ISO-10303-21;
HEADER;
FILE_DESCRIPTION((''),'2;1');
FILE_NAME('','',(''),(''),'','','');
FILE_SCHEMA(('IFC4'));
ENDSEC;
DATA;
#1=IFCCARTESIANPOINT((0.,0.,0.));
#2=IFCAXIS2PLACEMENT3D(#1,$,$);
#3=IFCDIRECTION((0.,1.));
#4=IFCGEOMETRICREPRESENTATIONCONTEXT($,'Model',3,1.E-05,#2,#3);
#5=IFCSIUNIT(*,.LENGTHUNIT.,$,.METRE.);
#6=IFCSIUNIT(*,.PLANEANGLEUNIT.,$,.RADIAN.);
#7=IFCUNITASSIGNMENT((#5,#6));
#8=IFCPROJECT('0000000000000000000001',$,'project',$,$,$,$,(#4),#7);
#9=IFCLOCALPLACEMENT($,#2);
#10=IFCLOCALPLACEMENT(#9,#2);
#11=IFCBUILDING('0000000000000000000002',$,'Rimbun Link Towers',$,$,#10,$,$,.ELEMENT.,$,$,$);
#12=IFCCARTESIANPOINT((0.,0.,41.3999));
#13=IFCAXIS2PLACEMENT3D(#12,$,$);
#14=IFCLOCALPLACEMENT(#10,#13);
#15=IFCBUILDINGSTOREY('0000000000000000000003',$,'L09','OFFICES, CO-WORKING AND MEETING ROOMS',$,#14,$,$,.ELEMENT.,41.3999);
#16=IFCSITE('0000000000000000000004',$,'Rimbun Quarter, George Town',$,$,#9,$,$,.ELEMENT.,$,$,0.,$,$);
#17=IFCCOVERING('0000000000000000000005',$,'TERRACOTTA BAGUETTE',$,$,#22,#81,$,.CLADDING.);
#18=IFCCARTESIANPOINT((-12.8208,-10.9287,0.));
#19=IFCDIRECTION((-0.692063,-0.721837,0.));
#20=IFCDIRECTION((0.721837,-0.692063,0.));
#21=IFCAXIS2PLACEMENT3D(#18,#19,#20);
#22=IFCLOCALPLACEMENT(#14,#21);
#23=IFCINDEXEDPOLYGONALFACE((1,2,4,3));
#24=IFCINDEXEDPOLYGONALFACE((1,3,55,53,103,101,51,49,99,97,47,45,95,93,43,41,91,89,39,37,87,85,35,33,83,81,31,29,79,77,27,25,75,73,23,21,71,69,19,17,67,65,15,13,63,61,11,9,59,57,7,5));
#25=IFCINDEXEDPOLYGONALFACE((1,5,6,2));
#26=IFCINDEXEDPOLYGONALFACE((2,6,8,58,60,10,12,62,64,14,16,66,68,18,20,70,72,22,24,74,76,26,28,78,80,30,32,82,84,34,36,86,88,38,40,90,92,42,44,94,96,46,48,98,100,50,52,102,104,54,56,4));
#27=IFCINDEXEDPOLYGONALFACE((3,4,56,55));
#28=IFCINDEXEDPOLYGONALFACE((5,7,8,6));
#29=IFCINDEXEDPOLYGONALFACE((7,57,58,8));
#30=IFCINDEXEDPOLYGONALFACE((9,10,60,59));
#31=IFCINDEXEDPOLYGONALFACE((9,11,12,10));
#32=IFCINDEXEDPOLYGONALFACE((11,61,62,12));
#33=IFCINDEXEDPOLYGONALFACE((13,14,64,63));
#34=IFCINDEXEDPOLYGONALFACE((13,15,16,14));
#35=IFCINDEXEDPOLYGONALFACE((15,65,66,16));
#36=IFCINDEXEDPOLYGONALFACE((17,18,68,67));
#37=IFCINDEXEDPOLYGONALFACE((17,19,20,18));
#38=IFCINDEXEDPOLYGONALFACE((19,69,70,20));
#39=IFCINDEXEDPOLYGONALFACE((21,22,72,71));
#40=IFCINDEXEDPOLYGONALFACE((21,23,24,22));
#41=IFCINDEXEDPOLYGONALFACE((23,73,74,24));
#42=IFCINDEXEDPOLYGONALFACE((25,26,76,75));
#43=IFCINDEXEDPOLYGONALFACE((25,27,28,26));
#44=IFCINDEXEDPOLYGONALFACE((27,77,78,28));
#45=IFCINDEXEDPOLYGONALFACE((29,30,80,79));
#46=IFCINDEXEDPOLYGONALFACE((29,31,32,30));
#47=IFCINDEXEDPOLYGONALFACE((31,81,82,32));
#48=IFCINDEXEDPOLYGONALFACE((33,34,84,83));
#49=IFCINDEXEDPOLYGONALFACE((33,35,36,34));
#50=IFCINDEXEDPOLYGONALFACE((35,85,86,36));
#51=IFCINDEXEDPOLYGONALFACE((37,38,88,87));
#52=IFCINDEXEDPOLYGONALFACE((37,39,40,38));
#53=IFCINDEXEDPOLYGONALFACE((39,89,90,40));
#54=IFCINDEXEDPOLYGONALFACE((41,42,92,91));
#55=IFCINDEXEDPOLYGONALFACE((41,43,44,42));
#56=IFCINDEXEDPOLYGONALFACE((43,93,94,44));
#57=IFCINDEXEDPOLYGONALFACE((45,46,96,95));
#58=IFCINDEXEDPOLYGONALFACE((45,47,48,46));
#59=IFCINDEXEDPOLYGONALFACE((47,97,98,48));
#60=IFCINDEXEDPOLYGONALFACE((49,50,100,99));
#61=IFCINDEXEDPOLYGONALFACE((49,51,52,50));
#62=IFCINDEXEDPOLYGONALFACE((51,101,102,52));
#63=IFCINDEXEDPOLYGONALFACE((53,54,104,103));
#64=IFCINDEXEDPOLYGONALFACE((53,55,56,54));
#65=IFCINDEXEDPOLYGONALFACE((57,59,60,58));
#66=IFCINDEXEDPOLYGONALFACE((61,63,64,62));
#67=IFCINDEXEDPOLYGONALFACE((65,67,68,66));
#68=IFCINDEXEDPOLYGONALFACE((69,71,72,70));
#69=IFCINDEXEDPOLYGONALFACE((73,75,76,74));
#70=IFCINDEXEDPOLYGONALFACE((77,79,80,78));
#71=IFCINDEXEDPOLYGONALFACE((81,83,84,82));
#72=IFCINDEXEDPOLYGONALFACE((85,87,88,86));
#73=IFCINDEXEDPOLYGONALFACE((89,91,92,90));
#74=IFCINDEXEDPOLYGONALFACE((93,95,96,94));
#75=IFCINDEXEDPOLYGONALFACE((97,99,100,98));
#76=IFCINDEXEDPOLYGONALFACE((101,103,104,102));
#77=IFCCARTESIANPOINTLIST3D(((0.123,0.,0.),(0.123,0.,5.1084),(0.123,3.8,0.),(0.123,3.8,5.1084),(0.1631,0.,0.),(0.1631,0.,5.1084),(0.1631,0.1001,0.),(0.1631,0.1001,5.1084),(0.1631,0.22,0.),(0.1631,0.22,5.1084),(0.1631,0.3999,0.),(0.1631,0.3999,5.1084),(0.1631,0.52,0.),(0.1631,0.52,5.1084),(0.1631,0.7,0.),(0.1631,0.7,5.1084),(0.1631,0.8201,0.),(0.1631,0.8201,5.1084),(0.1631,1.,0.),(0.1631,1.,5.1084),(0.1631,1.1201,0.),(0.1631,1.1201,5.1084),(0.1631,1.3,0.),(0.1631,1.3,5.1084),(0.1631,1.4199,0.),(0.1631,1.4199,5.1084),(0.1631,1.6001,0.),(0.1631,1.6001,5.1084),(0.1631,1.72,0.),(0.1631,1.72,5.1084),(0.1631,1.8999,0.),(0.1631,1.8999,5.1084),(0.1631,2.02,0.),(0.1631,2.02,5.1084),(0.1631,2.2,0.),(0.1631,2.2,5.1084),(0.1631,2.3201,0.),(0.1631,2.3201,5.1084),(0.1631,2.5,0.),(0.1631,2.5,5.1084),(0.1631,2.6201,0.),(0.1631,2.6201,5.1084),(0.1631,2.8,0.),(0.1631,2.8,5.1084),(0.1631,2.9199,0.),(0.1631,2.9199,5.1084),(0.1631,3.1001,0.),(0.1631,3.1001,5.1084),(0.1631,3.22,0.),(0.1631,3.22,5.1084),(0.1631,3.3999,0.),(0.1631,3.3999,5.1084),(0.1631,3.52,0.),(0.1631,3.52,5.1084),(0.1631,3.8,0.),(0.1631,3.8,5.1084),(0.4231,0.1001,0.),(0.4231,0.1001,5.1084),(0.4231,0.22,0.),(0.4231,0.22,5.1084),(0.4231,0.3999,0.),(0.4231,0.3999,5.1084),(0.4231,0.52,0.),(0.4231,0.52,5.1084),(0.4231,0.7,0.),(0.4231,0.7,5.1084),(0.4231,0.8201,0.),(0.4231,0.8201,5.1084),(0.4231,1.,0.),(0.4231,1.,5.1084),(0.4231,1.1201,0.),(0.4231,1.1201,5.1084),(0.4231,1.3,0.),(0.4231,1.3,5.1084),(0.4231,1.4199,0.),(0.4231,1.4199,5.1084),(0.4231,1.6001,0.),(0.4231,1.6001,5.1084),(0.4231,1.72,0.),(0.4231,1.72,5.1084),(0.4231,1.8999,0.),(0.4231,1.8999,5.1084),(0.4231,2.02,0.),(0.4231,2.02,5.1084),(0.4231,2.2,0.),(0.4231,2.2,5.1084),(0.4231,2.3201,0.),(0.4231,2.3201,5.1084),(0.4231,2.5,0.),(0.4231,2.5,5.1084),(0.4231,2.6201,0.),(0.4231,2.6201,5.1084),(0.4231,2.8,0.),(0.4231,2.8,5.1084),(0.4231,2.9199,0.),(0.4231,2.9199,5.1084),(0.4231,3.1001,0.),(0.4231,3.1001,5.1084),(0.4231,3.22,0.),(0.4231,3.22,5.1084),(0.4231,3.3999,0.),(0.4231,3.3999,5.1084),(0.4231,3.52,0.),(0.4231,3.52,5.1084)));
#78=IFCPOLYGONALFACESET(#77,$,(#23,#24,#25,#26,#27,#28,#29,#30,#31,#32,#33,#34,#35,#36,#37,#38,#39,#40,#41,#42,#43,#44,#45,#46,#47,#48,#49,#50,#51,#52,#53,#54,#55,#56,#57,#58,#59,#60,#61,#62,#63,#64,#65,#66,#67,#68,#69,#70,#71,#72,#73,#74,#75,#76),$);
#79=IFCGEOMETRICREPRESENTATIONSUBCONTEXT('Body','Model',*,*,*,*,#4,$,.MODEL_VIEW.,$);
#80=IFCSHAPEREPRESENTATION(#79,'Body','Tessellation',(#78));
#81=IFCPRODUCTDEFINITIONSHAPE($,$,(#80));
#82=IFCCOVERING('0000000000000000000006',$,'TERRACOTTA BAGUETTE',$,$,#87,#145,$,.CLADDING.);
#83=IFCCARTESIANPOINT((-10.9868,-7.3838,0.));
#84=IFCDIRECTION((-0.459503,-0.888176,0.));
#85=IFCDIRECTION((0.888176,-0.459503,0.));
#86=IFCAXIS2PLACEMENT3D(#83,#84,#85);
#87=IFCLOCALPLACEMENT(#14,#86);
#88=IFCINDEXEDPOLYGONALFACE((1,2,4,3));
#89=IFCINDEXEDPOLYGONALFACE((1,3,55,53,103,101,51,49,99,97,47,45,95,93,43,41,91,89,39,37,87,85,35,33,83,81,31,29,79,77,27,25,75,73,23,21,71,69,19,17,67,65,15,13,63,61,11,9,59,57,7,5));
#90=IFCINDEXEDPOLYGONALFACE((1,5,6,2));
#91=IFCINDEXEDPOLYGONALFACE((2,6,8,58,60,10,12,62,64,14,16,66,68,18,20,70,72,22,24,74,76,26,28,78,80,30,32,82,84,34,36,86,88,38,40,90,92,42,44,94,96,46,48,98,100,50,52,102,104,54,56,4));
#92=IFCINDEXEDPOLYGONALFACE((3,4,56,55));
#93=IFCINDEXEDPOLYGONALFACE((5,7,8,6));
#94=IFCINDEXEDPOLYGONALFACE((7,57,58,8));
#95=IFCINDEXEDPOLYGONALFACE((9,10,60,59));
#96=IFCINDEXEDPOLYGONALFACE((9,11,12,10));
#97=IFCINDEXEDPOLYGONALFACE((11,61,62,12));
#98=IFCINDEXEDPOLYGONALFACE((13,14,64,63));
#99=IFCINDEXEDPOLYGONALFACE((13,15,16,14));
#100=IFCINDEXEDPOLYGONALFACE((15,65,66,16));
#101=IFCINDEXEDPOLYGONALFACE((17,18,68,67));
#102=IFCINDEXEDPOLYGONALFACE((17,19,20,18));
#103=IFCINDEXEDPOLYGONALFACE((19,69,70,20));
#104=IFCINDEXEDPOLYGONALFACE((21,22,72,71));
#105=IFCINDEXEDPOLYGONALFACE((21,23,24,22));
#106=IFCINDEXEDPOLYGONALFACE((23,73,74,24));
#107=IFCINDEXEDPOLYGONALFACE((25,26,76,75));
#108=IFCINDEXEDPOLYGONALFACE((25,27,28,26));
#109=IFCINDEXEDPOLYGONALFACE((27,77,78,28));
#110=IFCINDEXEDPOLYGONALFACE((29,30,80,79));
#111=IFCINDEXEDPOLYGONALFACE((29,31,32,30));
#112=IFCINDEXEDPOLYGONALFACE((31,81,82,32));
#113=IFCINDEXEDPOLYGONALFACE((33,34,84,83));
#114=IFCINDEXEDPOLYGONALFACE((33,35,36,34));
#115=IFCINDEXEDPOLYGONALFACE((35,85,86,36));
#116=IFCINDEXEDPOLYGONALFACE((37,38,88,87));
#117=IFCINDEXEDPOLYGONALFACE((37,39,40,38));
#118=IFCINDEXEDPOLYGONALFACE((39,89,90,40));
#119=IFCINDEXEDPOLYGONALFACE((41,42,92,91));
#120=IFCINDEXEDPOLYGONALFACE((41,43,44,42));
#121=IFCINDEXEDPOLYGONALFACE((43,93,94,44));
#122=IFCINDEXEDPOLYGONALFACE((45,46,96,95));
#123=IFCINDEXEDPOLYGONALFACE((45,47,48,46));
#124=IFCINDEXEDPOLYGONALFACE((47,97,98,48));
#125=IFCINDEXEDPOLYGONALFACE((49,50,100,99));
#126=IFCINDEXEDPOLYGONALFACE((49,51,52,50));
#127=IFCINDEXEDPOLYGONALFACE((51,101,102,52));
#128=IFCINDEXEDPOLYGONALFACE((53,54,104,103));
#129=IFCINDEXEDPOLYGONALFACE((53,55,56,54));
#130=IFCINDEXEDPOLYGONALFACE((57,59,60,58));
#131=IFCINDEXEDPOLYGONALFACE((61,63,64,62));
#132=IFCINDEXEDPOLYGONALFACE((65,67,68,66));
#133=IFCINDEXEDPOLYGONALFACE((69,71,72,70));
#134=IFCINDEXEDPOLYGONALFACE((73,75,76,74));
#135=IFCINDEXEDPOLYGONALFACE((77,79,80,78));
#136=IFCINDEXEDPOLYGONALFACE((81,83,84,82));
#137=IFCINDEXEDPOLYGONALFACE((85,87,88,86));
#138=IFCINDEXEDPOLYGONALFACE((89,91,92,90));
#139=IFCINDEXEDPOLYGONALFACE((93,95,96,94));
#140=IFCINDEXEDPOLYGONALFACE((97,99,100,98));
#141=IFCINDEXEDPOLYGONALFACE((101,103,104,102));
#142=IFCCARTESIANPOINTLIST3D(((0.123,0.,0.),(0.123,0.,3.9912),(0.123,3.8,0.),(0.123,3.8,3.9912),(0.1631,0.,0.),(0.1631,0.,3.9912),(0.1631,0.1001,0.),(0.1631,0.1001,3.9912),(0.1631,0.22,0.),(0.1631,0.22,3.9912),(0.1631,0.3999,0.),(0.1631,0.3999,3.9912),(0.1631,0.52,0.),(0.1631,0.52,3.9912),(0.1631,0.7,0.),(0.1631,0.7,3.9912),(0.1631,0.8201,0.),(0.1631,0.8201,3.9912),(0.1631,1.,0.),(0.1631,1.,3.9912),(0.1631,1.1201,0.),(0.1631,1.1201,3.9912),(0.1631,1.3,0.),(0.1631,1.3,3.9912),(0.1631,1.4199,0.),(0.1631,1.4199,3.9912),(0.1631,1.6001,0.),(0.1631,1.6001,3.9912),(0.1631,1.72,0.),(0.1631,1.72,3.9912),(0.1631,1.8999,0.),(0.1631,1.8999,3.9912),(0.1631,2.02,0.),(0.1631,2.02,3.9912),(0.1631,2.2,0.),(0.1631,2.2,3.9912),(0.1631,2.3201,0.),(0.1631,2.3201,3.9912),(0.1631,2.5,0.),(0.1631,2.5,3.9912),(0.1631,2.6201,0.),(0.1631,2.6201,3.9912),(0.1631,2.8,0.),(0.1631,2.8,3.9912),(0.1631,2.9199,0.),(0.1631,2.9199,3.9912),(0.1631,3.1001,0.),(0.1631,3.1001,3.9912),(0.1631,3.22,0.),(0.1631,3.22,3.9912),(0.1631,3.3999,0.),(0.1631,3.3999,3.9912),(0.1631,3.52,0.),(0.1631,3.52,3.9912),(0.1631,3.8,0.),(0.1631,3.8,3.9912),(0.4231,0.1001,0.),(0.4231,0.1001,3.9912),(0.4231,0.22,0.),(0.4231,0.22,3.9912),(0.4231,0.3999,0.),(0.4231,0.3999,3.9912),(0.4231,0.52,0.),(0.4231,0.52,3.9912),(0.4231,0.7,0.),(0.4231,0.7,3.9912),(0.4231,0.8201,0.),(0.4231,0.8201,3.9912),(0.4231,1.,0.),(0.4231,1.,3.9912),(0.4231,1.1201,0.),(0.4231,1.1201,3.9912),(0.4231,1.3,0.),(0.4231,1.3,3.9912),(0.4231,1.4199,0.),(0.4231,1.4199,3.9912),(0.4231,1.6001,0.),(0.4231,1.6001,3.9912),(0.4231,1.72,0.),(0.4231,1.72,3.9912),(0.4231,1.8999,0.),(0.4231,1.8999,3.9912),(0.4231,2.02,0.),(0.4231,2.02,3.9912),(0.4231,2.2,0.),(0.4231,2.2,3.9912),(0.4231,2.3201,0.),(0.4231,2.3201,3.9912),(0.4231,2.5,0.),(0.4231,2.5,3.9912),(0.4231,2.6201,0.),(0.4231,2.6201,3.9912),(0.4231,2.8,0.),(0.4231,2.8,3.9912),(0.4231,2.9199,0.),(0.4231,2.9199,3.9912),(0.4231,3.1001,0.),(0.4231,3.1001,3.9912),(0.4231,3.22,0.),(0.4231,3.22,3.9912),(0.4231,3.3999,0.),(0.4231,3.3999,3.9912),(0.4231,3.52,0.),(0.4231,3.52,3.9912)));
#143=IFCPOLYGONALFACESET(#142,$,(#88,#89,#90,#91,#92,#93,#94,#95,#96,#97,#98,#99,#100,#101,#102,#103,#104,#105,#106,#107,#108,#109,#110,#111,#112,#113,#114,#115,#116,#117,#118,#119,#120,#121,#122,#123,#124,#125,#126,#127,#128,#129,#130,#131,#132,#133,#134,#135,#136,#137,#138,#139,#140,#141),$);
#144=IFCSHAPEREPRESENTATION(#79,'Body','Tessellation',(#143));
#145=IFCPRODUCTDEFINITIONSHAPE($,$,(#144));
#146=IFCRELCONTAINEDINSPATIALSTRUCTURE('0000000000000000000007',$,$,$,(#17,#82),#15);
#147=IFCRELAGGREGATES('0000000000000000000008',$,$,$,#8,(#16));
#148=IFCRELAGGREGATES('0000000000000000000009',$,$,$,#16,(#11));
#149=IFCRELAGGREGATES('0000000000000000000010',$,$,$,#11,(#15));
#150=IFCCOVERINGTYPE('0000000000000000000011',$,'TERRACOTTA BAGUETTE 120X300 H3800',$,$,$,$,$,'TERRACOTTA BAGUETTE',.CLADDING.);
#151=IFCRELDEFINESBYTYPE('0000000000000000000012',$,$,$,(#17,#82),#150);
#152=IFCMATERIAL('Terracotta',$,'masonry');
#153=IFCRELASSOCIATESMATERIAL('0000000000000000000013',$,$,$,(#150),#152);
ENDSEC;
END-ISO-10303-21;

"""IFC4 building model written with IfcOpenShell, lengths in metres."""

from ifc_helpers import new_model, si_unit, direction, frame, origin, place, context, subcontext, project, spatial, polyline, outline, extrude, material, material_profile, profile_set, type_object, element, save


model = new_model("IFC4")

# Units and contexts
model_context = context("Model", 3, precision=1e-05, world=origin(), true_north=direction((0.0, 1.0)))
body_context = subcontext(model_context, "Body", "Model", "MODEL_VIEW")
ifc_project = project(units=[si_unit("LENGTHUNIT", "METRE"), si_unit("PLANEANGLEUNIT", "RADIAN")], contexts=[model_context])

# Site, building, storey
site_placement = place(None, origin())
site = spatial("IfcSite", under=ifc_project, at=site_placement, Name="Rimbun Quarter, George Town", CompositionType="ELEMENT", RefElevation=0.0)
building_placement = place(site_placement, origin())
building = spatial("IfcBuilding", under=site, at=building_placement, Name="Rimbun Link Towers", CompositionType="ELEMENT")
storey_placement = place(building_placement, frame((0.0, 0.0, 41.3999)))
storey = spatial("IfcBuildingStorey", under=building, at=storey_placement, Name="L09", Description="OFFICES, CO-WORKING AND MEETING ROOMS", CompositionType="ELEMENT", Elevation=41.3999)

# Coverings
ifc_material_1 = material(Name="Terracotta", Category="masonry")
ifc_material_profile_1 = material_profile(ifc_material_1, outline(polyline([(0.123, 0.0), (0.1631, 0.0), (0.1631, 0.1001), (0.4231, 0.1001), (0.4231, 0.22), (0.1631, 0.22), (0.1631, 0.3999), (0.4231, 0.3999), (0.4231, 0.52), (0.1631, 0.52), (0.1631, 0.7), (0.4231, 0.7), (0.4231, 0.8201), (0.1631, 0.8201), (0.1631, 1.0), (0.4231, 1.0), (0.4231, 1.1201), (0.1631, 1.1201), (0.1631, 1.3), (0.4231, 1.3), (0.4231, 1.4199), (0.1631, 1.4199), (0.1631, 1.6001), (0.4231, 1.6001), (0.4231, 1.72), (0.1631, 1.72), (0.1631, 1.8999), (0.4231, 1.8999), (0.4231, 2.02), (0.1631, 2.02), (0.1631, 2.2), (0.4231, 2.2), (0.4231, 2.3201), (0.1631, 2.3201), (0.1631, 2.5), (0.4231, 2.5), (0.4231, 2.6201), (0.1631, 2.6201), (0.1631, 2.8), (0.4231, 2.8), (0.4231, 2.9199), (0.1631, 2.9199), (0.1631, 3.1001), (0.4231, 3.1001), (0.4231, 3.22), (0.1631, 3.22), (0.1631, 3.3999), (0.4231, 3.3999), (0.4231, 3.52), (0.1631, 3.52), (0.1631, 3.8), (0.123, 3.8), (0.123, 0.0)])), Name="BAGUETTE 120X300")
ifc_profile_set_1 = profile_set([ifc_material_profile_1], Name="Terracotta")
covering_type_1 = type_object("IfcCoveringType", Name="TERRACOTTA BAGUETTE 120X300 H3800", ElementType="TERRACOTTA BAGUETTE", PredefinedType="CLADDING", material=ifc_profile_set_1)
covering_1_placement = place(storey_placement, frame((-12.8208, -10.9287, 0.0), z_axis=(-0.692063, -0.721837, 0.0), x_axis=(0.721837, -0.692063, 0.0)))
element("IfcCovering", 1, at=covering_1_placement, inside=storey, type_object=covering_type_1, Name="TERRACOTTA BAGUETTE", PredefinedType="CLADDING", context=body_context, shape_type="SweptSolid", body=[
    extrude(outline(polyline([(0.123, 0.0), (0.1631, 0.0), (0.1631, 0.1001), (0.4231, 0.1001), (0.4231, 0.22), (0.1631, 0.22), (0.1631, 0.3999), (0.4231, 0.3999), (0.4231, 0.52), (0.1631, 0.52), (0.1631, 0.7), (0.4231, 0.7), (0.4231, 0.8201), (0.1631, 0.8201), (0.1631, 1.0), (0.4231, 1.0), (0.4231, 1.1201), (0.1631, 1.1201), (0.1631, 1.3), (0.4231, 1.3), (0.4231, 1.4199), (0.1631, 1.4199), (0.1631, 1.6001), (0.4231, 1.6001), (0.4231, 1.72), (0.1631, 1.72), (0.1631, 1.8999), (0.4231, 1.8999), (0.4231, 2.02), (0.1631, 2.02), (0.1631, 2.2), (0.4231, 2.2), (0.4231, 2.3201), (0.1631, 2.3201), (0.1631, 2.5), (0.4231, 2.5), (0.4231, 2.6201), (0.1631, 2.6201), (0.1631, 2.8), (0.4231, 2.8), (0.4231, 2.9199), (0.1631, 2.9199), (0.1631, 3.1001), (0.4231, 3.1001), (0.4231, 3.22), (0.1631, 3.22), (0.1631, 3.3999), (0.4231, 3.3999), (0.4231, 3.52), (0.1631, 3.52), (0.1631, 3.8), (0.123, 3.8), (0.123, 0.0)])), origin(), (0.0, 0.0, 1.0), 5.1084),
])
covering_2_placement = place(storey_placement, frame((-10.9868, -7.3838, 0.0), z_axis=(-0.459503, -0.888176, 0.0), x_axis=(0.888176, -0.459503, 0.0)))
element("IfcCovering", 2, at=covering_2_placement, inside=storey, type_object=covering_type_1, Name="TERRACOTTA BAGUETTE", PredefinedType="CLADDING", context=body_context, shape_type="SweptSolid", body=[
    extrude(outline(polyline([(0.123, 0.0), (0.1631, 0.0), (0.1631, 0.1001), (0.4231, 0.1001), (0.4231, 0.22), (0.1631, 0.22), (0.1631, 0.3999), (0.4231, 0.3999), (0.4231, 0.52), (0.1631, 0.52), (0.1631, 0.7), (0.4231, 0.7), (0.4231, 0.8201), (0.1631, 0.8201), (0.1631, 1.0), (0.4231, 1.0), (0.4231, 1.1201), (0.1631, 1.1201), (0.1631, 1.3), (0.4231, 1.3), (0.4231, 1.4199), (0.1631, 1.4199), (0.1631, 1.6001), (0.4231, 1.6001), (0.4231, 1.72), (0.1631, 1.72), (0.1631, 1.8999), (0.4231, 1.8999), (0.4231, 2.02), (0.1631, 2.02), (0.1631, 2.2), (0.4231, 2.2), (0.4231, 2.3201), (0.1631, 2.3201), (0.1631, 2.5), (0.4231, 2.5), (0.4231, 2.6201), (0.1631, 2.6201), (0.1631, 2.8), (0.4231, 2.8), (0.4231, 2.9199), (0.1631, 2.9199), (0.1631, 3.1001), (0.4231, 3.1001), (0.4231, 3.22), (0.1631, 3.22), (0.1631, 3.3999), (0.4231, 3.3999), (0.4231, 3.52), (0.1631, 3.52), (0.1631, 3.8), (0.123, 3.8), (0.123, 0.0)])), origin(), (0.0, 0.0, 1.0), 3.9912),
])

save(model, "model.ifc")
